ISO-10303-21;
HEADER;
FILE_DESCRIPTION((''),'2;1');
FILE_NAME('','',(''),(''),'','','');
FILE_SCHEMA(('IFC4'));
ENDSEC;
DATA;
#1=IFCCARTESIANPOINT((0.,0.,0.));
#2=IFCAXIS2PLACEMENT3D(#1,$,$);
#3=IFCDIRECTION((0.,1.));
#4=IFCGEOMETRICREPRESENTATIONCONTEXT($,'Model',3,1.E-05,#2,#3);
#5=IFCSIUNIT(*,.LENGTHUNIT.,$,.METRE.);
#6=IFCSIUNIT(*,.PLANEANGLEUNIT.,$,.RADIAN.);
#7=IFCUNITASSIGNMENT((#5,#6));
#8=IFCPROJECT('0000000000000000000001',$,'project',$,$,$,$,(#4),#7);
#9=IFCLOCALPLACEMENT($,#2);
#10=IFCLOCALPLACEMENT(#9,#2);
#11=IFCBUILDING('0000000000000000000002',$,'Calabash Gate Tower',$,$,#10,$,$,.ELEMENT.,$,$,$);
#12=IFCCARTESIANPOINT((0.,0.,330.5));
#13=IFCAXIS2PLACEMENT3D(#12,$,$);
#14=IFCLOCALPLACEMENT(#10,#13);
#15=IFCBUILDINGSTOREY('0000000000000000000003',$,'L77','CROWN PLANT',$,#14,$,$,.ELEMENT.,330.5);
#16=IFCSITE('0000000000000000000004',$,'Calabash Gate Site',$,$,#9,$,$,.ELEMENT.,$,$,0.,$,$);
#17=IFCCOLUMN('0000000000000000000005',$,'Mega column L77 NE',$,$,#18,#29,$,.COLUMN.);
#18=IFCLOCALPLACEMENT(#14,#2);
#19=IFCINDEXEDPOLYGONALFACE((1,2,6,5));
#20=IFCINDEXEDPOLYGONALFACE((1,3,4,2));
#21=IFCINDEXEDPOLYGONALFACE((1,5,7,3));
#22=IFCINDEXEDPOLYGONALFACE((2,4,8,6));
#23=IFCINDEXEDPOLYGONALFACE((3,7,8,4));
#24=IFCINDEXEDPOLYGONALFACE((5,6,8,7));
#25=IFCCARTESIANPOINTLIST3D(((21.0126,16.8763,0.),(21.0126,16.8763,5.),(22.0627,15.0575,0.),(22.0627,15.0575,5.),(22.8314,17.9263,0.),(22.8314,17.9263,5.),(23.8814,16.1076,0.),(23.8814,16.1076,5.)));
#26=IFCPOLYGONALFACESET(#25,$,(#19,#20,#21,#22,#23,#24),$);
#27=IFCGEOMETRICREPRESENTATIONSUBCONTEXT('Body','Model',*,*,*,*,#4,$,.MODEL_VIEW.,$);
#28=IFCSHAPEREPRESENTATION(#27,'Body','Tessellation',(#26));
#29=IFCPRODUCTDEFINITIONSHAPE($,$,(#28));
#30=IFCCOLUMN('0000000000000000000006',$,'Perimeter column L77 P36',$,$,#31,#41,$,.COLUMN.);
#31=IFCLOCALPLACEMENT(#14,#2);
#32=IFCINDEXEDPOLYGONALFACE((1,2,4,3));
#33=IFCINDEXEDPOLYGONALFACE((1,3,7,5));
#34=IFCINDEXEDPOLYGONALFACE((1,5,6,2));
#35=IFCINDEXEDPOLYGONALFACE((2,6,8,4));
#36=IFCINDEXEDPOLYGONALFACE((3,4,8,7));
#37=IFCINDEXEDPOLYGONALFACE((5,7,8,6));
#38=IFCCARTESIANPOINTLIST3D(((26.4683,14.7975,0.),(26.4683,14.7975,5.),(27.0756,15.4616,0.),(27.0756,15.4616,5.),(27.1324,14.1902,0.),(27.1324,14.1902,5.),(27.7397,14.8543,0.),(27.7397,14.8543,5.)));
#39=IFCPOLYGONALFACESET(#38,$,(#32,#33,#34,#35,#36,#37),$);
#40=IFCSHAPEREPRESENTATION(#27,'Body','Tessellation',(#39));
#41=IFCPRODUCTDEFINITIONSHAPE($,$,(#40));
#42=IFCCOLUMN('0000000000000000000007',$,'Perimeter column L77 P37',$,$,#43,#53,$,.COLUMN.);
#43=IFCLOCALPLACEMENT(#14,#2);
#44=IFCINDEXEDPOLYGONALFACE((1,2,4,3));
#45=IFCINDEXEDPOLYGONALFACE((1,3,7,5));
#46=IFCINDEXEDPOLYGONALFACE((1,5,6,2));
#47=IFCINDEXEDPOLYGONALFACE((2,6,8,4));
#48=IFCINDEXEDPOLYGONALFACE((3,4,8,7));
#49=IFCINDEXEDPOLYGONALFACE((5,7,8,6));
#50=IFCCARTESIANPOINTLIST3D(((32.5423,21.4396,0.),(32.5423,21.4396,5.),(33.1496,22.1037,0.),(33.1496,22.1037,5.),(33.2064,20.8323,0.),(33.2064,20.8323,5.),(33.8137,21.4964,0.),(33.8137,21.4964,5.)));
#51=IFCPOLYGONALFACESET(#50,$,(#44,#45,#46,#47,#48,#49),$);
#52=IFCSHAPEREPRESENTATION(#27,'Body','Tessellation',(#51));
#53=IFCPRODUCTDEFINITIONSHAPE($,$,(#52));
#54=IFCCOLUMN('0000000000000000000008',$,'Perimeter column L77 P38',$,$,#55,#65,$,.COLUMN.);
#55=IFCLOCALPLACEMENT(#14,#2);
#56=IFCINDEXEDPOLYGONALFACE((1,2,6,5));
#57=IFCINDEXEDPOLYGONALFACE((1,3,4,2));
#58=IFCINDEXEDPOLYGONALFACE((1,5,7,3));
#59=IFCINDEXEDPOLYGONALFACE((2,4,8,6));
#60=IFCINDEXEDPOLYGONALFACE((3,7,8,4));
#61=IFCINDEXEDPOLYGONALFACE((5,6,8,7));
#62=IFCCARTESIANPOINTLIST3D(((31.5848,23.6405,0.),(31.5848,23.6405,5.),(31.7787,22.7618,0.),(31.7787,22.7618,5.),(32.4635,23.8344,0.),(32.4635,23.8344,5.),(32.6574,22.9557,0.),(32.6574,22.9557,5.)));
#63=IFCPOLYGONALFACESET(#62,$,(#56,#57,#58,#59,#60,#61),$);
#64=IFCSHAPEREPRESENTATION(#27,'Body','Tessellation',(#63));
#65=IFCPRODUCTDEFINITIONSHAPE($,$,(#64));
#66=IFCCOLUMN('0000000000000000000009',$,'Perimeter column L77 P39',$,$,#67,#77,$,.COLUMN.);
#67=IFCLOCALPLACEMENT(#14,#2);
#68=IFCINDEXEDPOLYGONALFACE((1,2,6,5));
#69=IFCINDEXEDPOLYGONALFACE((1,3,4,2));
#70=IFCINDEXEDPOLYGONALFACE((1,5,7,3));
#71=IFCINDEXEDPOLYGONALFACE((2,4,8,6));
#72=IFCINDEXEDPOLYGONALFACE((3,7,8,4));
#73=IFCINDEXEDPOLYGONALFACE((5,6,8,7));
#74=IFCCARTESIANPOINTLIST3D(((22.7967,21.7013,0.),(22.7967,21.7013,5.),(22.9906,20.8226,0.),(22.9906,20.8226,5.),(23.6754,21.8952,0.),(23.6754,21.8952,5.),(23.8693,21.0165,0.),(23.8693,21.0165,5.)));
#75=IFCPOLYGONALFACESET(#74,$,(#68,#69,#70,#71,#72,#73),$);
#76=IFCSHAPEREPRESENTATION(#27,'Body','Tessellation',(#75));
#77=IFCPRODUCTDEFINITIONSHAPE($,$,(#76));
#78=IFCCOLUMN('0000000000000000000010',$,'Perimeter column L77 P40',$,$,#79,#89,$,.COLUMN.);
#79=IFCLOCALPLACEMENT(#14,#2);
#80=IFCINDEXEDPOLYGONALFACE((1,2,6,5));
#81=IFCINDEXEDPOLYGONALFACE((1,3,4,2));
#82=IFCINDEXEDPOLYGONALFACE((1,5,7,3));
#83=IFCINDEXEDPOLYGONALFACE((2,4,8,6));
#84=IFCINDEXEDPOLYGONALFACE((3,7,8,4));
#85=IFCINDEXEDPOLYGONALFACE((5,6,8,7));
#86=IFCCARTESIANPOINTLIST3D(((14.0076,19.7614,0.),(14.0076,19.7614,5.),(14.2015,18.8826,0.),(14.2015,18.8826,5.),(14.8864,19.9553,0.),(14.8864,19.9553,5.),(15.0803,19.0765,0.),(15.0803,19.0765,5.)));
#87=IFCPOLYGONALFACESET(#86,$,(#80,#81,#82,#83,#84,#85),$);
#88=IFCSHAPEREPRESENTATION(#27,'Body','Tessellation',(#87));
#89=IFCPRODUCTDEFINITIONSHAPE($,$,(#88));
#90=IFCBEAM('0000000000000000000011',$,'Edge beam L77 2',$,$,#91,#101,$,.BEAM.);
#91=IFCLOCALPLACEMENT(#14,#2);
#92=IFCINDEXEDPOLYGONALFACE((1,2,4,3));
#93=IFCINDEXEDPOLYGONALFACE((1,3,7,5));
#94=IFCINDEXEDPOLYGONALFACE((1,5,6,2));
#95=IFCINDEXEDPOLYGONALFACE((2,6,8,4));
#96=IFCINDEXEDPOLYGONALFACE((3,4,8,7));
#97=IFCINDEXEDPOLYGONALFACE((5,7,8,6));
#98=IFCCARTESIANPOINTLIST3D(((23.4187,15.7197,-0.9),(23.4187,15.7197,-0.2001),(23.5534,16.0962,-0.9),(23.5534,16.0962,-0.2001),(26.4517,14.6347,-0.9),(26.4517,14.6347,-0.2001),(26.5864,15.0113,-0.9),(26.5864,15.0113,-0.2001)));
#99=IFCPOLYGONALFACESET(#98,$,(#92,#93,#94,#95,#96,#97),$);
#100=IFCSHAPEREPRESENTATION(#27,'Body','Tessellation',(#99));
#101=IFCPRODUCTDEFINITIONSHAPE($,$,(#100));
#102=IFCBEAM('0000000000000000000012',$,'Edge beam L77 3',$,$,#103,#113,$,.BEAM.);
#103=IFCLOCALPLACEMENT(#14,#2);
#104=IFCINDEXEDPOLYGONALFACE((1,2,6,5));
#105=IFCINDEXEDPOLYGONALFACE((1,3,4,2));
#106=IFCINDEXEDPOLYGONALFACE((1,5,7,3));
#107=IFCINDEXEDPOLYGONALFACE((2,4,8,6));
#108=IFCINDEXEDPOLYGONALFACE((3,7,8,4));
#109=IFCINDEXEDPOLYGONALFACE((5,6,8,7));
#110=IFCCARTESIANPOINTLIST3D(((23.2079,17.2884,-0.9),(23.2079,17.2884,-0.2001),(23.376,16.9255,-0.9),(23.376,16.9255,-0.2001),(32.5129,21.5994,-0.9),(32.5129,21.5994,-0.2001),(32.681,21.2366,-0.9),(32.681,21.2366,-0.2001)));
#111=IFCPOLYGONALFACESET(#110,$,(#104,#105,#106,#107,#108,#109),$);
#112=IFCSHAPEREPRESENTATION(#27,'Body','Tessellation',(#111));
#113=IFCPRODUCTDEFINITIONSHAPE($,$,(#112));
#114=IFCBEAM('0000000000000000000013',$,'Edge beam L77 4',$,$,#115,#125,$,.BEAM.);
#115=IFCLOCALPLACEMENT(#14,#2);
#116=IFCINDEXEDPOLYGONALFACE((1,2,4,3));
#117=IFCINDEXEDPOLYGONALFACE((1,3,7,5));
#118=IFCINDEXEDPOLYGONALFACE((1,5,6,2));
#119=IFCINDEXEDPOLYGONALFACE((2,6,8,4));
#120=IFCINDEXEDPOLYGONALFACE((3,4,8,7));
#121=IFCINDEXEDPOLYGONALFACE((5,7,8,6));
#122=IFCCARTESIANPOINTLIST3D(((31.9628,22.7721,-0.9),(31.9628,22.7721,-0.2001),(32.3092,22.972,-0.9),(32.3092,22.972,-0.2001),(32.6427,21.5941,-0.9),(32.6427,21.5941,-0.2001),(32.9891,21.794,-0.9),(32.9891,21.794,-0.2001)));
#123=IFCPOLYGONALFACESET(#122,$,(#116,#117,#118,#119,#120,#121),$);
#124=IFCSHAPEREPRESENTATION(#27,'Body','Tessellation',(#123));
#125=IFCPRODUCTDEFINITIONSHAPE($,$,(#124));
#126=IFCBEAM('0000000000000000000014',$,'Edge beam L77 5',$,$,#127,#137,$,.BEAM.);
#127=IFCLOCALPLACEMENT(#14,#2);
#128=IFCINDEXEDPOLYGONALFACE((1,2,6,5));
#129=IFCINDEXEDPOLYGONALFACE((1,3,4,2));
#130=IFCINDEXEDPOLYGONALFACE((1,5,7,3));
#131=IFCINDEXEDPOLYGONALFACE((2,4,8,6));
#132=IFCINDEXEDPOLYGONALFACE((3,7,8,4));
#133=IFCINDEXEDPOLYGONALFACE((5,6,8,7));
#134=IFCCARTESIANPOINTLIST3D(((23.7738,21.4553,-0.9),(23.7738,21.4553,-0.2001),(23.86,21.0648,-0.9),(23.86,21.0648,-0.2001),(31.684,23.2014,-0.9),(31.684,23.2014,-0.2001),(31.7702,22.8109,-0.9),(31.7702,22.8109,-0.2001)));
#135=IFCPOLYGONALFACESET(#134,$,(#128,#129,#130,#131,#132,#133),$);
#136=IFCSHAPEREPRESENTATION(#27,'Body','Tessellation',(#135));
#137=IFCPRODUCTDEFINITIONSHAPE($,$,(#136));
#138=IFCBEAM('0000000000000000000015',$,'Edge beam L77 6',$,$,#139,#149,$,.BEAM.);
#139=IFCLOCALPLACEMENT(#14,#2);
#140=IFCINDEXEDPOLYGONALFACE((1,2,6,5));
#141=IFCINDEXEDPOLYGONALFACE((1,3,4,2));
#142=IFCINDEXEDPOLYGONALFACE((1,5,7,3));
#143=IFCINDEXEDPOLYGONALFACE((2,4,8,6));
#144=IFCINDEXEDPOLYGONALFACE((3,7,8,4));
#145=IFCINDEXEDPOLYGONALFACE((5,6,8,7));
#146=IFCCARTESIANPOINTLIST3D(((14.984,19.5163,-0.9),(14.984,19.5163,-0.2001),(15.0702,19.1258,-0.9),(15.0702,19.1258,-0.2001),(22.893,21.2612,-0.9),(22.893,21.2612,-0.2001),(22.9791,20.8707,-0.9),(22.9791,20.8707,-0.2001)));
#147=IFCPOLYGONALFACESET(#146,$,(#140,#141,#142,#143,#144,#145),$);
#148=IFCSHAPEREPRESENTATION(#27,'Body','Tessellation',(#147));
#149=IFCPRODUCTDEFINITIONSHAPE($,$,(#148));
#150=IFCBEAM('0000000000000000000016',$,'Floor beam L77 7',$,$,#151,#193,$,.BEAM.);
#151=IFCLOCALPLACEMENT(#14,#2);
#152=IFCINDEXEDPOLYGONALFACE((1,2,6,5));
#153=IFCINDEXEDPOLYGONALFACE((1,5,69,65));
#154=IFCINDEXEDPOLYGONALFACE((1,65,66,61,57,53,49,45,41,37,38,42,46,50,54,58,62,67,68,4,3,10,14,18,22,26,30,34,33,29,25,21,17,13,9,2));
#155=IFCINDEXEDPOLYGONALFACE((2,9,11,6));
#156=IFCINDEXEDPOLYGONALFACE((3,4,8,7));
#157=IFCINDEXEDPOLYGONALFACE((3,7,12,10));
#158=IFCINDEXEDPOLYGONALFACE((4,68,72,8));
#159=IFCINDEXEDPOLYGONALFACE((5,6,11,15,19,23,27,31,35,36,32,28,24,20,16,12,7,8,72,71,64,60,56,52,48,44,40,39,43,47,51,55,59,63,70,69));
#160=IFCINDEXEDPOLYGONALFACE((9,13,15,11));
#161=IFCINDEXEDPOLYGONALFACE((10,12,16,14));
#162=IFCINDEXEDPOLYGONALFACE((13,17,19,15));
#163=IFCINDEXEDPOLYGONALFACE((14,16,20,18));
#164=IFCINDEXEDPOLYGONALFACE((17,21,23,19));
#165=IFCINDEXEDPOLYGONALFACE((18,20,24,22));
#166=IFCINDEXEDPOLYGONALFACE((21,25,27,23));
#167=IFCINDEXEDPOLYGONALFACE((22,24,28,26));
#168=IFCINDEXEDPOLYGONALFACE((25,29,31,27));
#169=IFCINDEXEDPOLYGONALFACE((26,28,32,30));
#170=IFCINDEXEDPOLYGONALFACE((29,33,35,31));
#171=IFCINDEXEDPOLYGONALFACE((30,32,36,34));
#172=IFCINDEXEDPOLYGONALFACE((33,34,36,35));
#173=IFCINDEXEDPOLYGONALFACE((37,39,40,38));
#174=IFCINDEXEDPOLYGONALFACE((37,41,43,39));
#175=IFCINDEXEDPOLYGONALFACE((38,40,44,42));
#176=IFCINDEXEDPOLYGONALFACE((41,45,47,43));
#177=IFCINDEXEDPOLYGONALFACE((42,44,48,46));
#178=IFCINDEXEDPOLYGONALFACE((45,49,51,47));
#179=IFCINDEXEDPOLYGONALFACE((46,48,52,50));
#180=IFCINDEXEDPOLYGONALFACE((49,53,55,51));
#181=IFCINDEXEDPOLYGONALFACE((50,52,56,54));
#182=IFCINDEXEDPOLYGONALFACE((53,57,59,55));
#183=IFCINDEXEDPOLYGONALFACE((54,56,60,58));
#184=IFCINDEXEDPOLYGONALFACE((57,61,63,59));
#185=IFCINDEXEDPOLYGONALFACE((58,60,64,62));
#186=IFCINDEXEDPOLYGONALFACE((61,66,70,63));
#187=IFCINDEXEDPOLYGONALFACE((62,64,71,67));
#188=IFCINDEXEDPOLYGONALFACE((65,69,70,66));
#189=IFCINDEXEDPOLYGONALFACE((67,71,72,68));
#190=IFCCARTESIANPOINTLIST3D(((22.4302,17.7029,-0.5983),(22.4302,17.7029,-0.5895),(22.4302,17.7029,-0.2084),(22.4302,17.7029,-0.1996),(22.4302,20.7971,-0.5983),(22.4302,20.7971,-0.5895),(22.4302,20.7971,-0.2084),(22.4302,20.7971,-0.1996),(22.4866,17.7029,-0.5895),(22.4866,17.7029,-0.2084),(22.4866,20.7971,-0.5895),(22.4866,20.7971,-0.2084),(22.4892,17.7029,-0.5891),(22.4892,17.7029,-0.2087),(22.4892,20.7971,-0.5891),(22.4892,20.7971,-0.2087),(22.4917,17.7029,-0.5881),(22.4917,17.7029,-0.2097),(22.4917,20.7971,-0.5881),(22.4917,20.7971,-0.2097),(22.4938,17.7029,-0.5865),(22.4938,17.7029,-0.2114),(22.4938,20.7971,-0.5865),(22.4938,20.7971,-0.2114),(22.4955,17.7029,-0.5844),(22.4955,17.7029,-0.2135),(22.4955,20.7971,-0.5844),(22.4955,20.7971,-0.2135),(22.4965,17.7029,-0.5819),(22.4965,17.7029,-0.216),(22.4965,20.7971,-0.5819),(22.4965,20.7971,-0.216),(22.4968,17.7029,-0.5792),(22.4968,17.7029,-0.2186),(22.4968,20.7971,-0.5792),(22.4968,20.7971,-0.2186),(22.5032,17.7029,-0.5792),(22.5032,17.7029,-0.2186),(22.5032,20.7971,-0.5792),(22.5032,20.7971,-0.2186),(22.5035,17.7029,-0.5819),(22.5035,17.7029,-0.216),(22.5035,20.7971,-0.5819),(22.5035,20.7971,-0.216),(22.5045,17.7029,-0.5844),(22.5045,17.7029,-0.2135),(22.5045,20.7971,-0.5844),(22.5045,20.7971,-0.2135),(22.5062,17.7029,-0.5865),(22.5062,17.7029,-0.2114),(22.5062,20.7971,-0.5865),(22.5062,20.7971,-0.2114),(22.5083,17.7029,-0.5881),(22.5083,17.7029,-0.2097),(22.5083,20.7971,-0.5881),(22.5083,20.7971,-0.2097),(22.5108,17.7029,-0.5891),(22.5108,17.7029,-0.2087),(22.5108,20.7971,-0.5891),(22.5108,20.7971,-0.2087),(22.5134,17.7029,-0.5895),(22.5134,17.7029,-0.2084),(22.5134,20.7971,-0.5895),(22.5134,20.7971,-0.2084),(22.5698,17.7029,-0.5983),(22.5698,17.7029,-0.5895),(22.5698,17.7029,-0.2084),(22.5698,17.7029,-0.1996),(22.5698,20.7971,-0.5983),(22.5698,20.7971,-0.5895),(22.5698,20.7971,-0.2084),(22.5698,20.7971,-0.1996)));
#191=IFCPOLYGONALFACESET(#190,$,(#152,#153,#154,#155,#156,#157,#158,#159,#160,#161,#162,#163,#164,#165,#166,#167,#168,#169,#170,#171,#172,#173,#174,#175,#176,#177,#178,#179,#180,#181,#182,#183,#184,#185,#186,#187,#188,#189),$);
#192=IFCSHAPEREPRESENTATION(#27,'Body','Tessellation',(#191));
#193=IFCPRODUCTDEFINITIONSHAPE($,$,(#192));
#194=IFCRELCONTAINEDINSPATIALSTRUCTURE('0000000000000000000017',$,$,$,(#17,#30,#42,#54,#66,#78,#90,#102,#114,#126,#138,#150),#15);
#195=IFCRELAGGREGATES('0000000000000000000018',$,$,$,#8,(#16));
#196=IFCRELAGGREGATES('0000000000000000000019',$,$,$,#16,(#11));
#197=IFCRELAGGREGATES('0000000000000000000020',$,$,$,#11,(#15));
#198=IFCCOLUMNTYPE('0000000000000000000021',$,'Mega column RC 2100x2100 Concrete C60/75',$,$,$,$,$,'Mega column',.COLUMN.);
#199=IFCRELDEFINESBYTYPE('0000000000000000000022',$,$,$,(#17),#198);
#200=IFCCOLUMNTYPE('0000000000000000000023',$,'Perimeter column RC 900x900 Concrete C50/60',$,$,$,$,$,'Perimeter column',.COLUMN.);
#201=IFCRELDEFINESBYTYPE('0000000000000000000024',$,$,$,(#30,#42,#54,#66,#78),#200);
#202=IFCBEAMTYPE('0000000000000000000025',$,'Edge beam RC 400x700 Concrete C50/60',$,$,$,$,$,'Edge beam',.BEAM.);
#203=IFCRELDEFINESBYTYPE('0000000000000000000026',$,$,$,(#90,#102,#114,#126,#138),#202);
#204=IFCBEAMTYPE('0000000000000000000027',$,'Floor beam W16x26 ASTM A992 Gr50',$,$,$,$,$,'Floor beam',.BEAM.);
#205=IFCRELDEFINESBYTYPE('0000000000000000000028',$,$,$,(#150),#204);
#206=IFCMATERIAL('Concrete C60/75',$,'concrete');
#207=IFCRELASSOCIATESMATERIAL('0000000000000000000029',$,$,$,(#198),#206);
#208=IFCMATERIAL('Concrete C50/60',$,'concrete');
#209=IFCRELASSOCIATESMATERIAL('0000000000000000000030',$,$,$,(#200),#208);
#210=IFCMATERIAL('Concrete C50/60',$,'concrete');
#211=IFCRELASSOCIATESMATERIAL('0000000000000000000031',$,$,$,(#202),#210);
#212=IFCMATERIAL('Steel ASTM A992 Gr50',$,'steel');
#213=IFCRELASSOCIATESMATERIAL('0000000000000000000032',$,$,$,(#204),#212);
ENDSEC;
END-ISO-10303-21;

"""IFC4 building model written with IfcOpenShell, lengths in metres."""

from ifc_helpers import new_model, si_unit, direction, frame, origin, origin_2d, place, context, subcontext, project, spatial, rectangle, i_section, extrude, material, material_profile, profile_set, type_object, element, save


model = new_model("IFC4")

# Units and contexts
model_context = context("Model", 3, precision=1e-05, world=origin(), true_north=direction((0.0, 1.0)))
body_context = subcontext(model_context, "Body", "Model", "MODEL_VIEW")
ifc_project = project(units=[si_unit("LENGTHUNIT", "METRE"), si_unit("PLANEANGLEUNIT", "RADIAN")], contexts=[model_context])

# Site, building, storey
site_placement = place(None, origin())
site = spatial("IfcSite", under=ifc_project, at=site_placement, Name="Calabash Gate Site", CompositionType="ELEMENT", RefElevation=0.0)
building_placement = place(site_placement, origin())
building = spatial("IfcBuilding", under=site, at=building_placement, Name="Calabash Gate Tower", CompositionType="ELEMENT")
storey_placement = place(building_placement, frame((0.0, 0.0, 330.5)))
storey = spatial("IfcBuildingStorey", under=building, at=storey_placement, Name="L77", Description="CROWN PLANT", CompositionType="ELEMENT", Elevation=330.5)

# Columns
ifc_material_1 = material(Name="Concrete C60/75", Category="concrete")
ifc_material_profile_1 = material_profile(ifc_material_1, rectangle(XDim=2.1001, YDim=2.1001, at=origin_2d()))
ifc_profile_set_1 = profile_set([ifc_material_profile_1], Name="Concrete C60/75")
column_type_1 = type_object("IfcColumnType", Name="Mega column RC 2100x2100 Concrete C60/75", ElementType="Mega column", PredefinedType="COLUMN", material=ifc_profile_set_1)
column_placement = place(storey_placement, frame((22.447, 16.4919, 0.0), z_axis=(0.0, 0.0, 1.0), x_axis=(-0.866025, -0.5, 0.0)))
element("IfcColumn", 1, at=column_placement, inside=storey, type_object=column_type_1, Name="Mega column L77 NE", PredefinedType="COLUMN", context=body_context, shape_type="SweptSolid", body=[
    extrude(rectangle(XDim=2.1001, YDim=2.1001, at=origin_2d()), origin(), (0.0, 0.0, 1.0), 5.0),
])
ifc_material_2 = material(Name="Concrete C50/60", Category="concrete")
ifc_material_profile_2 = material_profile(ifc_material_2, rectangle(XDim=0.8999, YDim=0.8999, at=origin_2d()))
ifc_profile_set_2 = profile_set([ifc_material_profile_2], Name="Concrete C50/60")
column_type_2 = type_object("IfcColumnType", Name="Perimeter column RC 900x900 Concrete C50/60", ElementType="Perimeter column", PredefinedType="COLUMN", material=ifc_profile_set_2)
for number, where, z_axis, x_axis, name in (
    (2, (27.104, 14.8259, 0.0), (0.0, 0.0, 1.0), (0.674856, 0.737949, 0.0), "Perimeter column L77 P36"),
    (3, (33.178, 21.468, 0.0), (0.0, 0.0, 1.0), (0.674856, 0.737949, 0.0), "Perimeter column L77 P37"),
    (4, (32.1211, 23.2981, 0.0), (0.0, 0.0, 1.0), (-0.976511, -0.215468, 0.0), "Perimeter column L77 P38"),
    (5, (23.333, 21.3589, 0.0), (0.0, 0.0, 1.0), (-0.976511, -0.215468, 0.0), "Perimeter column L77 P39"),
    (6, (14.5439, 19.4189, 0.0), (0.0, 0.0, 1.0), (-0.976511, -0.215468, 0.0), "Perimeter column L77 P40"),
):
    element("IfcColumn", number, at=place(storey_placement, frame(where, z_axis=z_axis, x_axis=x_axis)), inside=storey, type_object=column_type_2, Name=name, PredefinedType="COLUMN", context=body_context, shape_type="SweptSolid", body=[
        extrude(rectangle(XDim=0.8999, YDim=0.8999, at=origin_2d()), origin(), (0.0, 0.0, 1.0), 5.0),
    ])

# Beams
ifc_material_3 = material(Name="Concrete C50/60", Category="concrete")
ifc_material_profile_3 = material_profile(ifc_material_3, rectangle(XDim=0.3999, YDim=0.7, at=origin_2d()))
ifc_profile_set_3 = profile_set([ifc_material_profile_3], Name="Concrete C50/60")
beam_type_1 = type_object("IfcBeamType", Name="Edge beam RC 400x700 Concrete C50/60", ElementType="Edge beam", PredefinedType="BEAM", material=ifc_profile_set_3)
beam_1_placement = place(storey_placement, frame((26.519, 14.823, -0.55), z_axis=(-0.941569, 0.336821, 0.0), x_axis=(-0.336821, -0.941569, 0.0)))
element("IfcBeam", 7, at=beam_1_placement, inside=storey, type_object=beam_type_1, Name="Edge beam L77 2", PredefinedType="BEAM", context=body_context, shape_type="SweptSolid", body=[
    extrude(rectangle(XDim=0.3999, YDim=0.7, at=origin_2d()), origin(), (0.0, 0.0, 1.0), 3.2212),
])
beam_2_placement = place(storey_placement, frame((23.292, 17.1069, -0.55), z_axis=(0.907348, 0.42038, 0.0), x_axis=(-0.42038, 0.907348, 0.0)))
element("IfcBeam", 8, at=beam_2_placement, inside=storey, type_object=beam_type_1, Name="Edge beam L77 3", PredefinedType="BEAM", context=body_context, shape_type="SweptSolid", body=[
    extrude(rectangle(XDim=0.3999, YDim=0.7, at=origin_2d()), origin(), (0.0, 0.0, 1.0), 10.2551),
])
beam_3_placement = place(storey_placement, frame((32.8159, 21.6941, -0.55), z_axis=(-0.499904, 0.866081, 0.0), x_axis=(-0.866081, -0.499904, 0.0)))
element("IfcBeam", 9, at=beam_3_placement, inside=storey, type_object=beam_type_1, Name="Edge beam L77 4", PredefinedType="BEAM", context=body_context, shape_type="SweptSolid", body=[
    extrude(rectangle(XDim=0.3999, YDim=0.7, at=origin_2d()), origin(), (0.0, 0.0, 1.0), 1.3601),
])
beam_4_placement = place(storey_placement, frame((31.7271, 23.0061, -0.55), z_axis=(-0.976492, -0.215552, 0.0), x_axis=(0.215552, -0.976492, 0.0)))
element("IfcBeam", 10, at=beam_4_placement, inside=storey, type_object=beam_type_1, Name="Edge beam L77 5", PredefinedType="BEAM", context=body_context, shape_type="SweptSolid", body=[
    extrude(rectangle(XDim=0.3999, YDim=0.7, at=origin_2d()), origin(), (0.0, 0.0, 1.0), 8.1006),
])
beam_5_placement = place(storey_placement, frame((22.936, 21.0659, -0.55), z_axis=(-0.976517, -0.21544, 0.0), x_axis=(0.21544, -0.976517, 0.0)))
element("IfcBeam", 11, at=beam_5_placement, inside=storey, type_object=beam_type_1, Name="Edge beam L77 6", PredefinedType="BEAM", context=body_context, shape_type="SweptSolid", body=[
    extrude(rectangle(XDim=0.3999, YDim=0.7, at=origin_2d()), origin(), (0.0, 0.0, 1.0), 8.0991),
])
ifc_material_4 = material(Name="Steel ASTM A992 Gr50", Category="steel")
ifc_material_profile_4 = material_profile(ifc_material_4, i_section(OverallWidth=0.1396, OverallDepth=0.3987, WebThickness=0.0063, FlangeThickness=0.0088, FilletRadius=0.0103, at=origin_2d()))
ifc_profile_set_4 = profile_set([ifc_material_profile_4], Name="Steel ASTM A992 Gr50")
beam_type_2 = type_object("IfcBeamType", Name="Floor beam W16x26 ASTM A992 Gr50", ElementType="Floor beam", PredefinedType="BEAM", material=ifc_profile_set_4)
beam_6_placement = place(storey_placement, frame((22.5, 17.7029, -0.3989), z_axis=(0.0, 1.0, 0.0), x_axis=(-1.0, 0.0, 0.0)))
element("IfcBeam", 12, at=beam_6_placement, inside=storey, type_object=beam_type_2, Name="Floor beam L77 7", PredefinedType="BEAM", context=body_context, shape_type="SweptSolid", body=[
    extrude(i_section(OverallWidth=0.1396, OverallDepth=0.3987, WebThickness=0.0063, FlangeThickness=0.0088, FilletRadius=0.0103, at=origin_2d()), origin(), (0.0, 0.0, 1.0), 3.0942),
])

save(model, "model.ifc")
